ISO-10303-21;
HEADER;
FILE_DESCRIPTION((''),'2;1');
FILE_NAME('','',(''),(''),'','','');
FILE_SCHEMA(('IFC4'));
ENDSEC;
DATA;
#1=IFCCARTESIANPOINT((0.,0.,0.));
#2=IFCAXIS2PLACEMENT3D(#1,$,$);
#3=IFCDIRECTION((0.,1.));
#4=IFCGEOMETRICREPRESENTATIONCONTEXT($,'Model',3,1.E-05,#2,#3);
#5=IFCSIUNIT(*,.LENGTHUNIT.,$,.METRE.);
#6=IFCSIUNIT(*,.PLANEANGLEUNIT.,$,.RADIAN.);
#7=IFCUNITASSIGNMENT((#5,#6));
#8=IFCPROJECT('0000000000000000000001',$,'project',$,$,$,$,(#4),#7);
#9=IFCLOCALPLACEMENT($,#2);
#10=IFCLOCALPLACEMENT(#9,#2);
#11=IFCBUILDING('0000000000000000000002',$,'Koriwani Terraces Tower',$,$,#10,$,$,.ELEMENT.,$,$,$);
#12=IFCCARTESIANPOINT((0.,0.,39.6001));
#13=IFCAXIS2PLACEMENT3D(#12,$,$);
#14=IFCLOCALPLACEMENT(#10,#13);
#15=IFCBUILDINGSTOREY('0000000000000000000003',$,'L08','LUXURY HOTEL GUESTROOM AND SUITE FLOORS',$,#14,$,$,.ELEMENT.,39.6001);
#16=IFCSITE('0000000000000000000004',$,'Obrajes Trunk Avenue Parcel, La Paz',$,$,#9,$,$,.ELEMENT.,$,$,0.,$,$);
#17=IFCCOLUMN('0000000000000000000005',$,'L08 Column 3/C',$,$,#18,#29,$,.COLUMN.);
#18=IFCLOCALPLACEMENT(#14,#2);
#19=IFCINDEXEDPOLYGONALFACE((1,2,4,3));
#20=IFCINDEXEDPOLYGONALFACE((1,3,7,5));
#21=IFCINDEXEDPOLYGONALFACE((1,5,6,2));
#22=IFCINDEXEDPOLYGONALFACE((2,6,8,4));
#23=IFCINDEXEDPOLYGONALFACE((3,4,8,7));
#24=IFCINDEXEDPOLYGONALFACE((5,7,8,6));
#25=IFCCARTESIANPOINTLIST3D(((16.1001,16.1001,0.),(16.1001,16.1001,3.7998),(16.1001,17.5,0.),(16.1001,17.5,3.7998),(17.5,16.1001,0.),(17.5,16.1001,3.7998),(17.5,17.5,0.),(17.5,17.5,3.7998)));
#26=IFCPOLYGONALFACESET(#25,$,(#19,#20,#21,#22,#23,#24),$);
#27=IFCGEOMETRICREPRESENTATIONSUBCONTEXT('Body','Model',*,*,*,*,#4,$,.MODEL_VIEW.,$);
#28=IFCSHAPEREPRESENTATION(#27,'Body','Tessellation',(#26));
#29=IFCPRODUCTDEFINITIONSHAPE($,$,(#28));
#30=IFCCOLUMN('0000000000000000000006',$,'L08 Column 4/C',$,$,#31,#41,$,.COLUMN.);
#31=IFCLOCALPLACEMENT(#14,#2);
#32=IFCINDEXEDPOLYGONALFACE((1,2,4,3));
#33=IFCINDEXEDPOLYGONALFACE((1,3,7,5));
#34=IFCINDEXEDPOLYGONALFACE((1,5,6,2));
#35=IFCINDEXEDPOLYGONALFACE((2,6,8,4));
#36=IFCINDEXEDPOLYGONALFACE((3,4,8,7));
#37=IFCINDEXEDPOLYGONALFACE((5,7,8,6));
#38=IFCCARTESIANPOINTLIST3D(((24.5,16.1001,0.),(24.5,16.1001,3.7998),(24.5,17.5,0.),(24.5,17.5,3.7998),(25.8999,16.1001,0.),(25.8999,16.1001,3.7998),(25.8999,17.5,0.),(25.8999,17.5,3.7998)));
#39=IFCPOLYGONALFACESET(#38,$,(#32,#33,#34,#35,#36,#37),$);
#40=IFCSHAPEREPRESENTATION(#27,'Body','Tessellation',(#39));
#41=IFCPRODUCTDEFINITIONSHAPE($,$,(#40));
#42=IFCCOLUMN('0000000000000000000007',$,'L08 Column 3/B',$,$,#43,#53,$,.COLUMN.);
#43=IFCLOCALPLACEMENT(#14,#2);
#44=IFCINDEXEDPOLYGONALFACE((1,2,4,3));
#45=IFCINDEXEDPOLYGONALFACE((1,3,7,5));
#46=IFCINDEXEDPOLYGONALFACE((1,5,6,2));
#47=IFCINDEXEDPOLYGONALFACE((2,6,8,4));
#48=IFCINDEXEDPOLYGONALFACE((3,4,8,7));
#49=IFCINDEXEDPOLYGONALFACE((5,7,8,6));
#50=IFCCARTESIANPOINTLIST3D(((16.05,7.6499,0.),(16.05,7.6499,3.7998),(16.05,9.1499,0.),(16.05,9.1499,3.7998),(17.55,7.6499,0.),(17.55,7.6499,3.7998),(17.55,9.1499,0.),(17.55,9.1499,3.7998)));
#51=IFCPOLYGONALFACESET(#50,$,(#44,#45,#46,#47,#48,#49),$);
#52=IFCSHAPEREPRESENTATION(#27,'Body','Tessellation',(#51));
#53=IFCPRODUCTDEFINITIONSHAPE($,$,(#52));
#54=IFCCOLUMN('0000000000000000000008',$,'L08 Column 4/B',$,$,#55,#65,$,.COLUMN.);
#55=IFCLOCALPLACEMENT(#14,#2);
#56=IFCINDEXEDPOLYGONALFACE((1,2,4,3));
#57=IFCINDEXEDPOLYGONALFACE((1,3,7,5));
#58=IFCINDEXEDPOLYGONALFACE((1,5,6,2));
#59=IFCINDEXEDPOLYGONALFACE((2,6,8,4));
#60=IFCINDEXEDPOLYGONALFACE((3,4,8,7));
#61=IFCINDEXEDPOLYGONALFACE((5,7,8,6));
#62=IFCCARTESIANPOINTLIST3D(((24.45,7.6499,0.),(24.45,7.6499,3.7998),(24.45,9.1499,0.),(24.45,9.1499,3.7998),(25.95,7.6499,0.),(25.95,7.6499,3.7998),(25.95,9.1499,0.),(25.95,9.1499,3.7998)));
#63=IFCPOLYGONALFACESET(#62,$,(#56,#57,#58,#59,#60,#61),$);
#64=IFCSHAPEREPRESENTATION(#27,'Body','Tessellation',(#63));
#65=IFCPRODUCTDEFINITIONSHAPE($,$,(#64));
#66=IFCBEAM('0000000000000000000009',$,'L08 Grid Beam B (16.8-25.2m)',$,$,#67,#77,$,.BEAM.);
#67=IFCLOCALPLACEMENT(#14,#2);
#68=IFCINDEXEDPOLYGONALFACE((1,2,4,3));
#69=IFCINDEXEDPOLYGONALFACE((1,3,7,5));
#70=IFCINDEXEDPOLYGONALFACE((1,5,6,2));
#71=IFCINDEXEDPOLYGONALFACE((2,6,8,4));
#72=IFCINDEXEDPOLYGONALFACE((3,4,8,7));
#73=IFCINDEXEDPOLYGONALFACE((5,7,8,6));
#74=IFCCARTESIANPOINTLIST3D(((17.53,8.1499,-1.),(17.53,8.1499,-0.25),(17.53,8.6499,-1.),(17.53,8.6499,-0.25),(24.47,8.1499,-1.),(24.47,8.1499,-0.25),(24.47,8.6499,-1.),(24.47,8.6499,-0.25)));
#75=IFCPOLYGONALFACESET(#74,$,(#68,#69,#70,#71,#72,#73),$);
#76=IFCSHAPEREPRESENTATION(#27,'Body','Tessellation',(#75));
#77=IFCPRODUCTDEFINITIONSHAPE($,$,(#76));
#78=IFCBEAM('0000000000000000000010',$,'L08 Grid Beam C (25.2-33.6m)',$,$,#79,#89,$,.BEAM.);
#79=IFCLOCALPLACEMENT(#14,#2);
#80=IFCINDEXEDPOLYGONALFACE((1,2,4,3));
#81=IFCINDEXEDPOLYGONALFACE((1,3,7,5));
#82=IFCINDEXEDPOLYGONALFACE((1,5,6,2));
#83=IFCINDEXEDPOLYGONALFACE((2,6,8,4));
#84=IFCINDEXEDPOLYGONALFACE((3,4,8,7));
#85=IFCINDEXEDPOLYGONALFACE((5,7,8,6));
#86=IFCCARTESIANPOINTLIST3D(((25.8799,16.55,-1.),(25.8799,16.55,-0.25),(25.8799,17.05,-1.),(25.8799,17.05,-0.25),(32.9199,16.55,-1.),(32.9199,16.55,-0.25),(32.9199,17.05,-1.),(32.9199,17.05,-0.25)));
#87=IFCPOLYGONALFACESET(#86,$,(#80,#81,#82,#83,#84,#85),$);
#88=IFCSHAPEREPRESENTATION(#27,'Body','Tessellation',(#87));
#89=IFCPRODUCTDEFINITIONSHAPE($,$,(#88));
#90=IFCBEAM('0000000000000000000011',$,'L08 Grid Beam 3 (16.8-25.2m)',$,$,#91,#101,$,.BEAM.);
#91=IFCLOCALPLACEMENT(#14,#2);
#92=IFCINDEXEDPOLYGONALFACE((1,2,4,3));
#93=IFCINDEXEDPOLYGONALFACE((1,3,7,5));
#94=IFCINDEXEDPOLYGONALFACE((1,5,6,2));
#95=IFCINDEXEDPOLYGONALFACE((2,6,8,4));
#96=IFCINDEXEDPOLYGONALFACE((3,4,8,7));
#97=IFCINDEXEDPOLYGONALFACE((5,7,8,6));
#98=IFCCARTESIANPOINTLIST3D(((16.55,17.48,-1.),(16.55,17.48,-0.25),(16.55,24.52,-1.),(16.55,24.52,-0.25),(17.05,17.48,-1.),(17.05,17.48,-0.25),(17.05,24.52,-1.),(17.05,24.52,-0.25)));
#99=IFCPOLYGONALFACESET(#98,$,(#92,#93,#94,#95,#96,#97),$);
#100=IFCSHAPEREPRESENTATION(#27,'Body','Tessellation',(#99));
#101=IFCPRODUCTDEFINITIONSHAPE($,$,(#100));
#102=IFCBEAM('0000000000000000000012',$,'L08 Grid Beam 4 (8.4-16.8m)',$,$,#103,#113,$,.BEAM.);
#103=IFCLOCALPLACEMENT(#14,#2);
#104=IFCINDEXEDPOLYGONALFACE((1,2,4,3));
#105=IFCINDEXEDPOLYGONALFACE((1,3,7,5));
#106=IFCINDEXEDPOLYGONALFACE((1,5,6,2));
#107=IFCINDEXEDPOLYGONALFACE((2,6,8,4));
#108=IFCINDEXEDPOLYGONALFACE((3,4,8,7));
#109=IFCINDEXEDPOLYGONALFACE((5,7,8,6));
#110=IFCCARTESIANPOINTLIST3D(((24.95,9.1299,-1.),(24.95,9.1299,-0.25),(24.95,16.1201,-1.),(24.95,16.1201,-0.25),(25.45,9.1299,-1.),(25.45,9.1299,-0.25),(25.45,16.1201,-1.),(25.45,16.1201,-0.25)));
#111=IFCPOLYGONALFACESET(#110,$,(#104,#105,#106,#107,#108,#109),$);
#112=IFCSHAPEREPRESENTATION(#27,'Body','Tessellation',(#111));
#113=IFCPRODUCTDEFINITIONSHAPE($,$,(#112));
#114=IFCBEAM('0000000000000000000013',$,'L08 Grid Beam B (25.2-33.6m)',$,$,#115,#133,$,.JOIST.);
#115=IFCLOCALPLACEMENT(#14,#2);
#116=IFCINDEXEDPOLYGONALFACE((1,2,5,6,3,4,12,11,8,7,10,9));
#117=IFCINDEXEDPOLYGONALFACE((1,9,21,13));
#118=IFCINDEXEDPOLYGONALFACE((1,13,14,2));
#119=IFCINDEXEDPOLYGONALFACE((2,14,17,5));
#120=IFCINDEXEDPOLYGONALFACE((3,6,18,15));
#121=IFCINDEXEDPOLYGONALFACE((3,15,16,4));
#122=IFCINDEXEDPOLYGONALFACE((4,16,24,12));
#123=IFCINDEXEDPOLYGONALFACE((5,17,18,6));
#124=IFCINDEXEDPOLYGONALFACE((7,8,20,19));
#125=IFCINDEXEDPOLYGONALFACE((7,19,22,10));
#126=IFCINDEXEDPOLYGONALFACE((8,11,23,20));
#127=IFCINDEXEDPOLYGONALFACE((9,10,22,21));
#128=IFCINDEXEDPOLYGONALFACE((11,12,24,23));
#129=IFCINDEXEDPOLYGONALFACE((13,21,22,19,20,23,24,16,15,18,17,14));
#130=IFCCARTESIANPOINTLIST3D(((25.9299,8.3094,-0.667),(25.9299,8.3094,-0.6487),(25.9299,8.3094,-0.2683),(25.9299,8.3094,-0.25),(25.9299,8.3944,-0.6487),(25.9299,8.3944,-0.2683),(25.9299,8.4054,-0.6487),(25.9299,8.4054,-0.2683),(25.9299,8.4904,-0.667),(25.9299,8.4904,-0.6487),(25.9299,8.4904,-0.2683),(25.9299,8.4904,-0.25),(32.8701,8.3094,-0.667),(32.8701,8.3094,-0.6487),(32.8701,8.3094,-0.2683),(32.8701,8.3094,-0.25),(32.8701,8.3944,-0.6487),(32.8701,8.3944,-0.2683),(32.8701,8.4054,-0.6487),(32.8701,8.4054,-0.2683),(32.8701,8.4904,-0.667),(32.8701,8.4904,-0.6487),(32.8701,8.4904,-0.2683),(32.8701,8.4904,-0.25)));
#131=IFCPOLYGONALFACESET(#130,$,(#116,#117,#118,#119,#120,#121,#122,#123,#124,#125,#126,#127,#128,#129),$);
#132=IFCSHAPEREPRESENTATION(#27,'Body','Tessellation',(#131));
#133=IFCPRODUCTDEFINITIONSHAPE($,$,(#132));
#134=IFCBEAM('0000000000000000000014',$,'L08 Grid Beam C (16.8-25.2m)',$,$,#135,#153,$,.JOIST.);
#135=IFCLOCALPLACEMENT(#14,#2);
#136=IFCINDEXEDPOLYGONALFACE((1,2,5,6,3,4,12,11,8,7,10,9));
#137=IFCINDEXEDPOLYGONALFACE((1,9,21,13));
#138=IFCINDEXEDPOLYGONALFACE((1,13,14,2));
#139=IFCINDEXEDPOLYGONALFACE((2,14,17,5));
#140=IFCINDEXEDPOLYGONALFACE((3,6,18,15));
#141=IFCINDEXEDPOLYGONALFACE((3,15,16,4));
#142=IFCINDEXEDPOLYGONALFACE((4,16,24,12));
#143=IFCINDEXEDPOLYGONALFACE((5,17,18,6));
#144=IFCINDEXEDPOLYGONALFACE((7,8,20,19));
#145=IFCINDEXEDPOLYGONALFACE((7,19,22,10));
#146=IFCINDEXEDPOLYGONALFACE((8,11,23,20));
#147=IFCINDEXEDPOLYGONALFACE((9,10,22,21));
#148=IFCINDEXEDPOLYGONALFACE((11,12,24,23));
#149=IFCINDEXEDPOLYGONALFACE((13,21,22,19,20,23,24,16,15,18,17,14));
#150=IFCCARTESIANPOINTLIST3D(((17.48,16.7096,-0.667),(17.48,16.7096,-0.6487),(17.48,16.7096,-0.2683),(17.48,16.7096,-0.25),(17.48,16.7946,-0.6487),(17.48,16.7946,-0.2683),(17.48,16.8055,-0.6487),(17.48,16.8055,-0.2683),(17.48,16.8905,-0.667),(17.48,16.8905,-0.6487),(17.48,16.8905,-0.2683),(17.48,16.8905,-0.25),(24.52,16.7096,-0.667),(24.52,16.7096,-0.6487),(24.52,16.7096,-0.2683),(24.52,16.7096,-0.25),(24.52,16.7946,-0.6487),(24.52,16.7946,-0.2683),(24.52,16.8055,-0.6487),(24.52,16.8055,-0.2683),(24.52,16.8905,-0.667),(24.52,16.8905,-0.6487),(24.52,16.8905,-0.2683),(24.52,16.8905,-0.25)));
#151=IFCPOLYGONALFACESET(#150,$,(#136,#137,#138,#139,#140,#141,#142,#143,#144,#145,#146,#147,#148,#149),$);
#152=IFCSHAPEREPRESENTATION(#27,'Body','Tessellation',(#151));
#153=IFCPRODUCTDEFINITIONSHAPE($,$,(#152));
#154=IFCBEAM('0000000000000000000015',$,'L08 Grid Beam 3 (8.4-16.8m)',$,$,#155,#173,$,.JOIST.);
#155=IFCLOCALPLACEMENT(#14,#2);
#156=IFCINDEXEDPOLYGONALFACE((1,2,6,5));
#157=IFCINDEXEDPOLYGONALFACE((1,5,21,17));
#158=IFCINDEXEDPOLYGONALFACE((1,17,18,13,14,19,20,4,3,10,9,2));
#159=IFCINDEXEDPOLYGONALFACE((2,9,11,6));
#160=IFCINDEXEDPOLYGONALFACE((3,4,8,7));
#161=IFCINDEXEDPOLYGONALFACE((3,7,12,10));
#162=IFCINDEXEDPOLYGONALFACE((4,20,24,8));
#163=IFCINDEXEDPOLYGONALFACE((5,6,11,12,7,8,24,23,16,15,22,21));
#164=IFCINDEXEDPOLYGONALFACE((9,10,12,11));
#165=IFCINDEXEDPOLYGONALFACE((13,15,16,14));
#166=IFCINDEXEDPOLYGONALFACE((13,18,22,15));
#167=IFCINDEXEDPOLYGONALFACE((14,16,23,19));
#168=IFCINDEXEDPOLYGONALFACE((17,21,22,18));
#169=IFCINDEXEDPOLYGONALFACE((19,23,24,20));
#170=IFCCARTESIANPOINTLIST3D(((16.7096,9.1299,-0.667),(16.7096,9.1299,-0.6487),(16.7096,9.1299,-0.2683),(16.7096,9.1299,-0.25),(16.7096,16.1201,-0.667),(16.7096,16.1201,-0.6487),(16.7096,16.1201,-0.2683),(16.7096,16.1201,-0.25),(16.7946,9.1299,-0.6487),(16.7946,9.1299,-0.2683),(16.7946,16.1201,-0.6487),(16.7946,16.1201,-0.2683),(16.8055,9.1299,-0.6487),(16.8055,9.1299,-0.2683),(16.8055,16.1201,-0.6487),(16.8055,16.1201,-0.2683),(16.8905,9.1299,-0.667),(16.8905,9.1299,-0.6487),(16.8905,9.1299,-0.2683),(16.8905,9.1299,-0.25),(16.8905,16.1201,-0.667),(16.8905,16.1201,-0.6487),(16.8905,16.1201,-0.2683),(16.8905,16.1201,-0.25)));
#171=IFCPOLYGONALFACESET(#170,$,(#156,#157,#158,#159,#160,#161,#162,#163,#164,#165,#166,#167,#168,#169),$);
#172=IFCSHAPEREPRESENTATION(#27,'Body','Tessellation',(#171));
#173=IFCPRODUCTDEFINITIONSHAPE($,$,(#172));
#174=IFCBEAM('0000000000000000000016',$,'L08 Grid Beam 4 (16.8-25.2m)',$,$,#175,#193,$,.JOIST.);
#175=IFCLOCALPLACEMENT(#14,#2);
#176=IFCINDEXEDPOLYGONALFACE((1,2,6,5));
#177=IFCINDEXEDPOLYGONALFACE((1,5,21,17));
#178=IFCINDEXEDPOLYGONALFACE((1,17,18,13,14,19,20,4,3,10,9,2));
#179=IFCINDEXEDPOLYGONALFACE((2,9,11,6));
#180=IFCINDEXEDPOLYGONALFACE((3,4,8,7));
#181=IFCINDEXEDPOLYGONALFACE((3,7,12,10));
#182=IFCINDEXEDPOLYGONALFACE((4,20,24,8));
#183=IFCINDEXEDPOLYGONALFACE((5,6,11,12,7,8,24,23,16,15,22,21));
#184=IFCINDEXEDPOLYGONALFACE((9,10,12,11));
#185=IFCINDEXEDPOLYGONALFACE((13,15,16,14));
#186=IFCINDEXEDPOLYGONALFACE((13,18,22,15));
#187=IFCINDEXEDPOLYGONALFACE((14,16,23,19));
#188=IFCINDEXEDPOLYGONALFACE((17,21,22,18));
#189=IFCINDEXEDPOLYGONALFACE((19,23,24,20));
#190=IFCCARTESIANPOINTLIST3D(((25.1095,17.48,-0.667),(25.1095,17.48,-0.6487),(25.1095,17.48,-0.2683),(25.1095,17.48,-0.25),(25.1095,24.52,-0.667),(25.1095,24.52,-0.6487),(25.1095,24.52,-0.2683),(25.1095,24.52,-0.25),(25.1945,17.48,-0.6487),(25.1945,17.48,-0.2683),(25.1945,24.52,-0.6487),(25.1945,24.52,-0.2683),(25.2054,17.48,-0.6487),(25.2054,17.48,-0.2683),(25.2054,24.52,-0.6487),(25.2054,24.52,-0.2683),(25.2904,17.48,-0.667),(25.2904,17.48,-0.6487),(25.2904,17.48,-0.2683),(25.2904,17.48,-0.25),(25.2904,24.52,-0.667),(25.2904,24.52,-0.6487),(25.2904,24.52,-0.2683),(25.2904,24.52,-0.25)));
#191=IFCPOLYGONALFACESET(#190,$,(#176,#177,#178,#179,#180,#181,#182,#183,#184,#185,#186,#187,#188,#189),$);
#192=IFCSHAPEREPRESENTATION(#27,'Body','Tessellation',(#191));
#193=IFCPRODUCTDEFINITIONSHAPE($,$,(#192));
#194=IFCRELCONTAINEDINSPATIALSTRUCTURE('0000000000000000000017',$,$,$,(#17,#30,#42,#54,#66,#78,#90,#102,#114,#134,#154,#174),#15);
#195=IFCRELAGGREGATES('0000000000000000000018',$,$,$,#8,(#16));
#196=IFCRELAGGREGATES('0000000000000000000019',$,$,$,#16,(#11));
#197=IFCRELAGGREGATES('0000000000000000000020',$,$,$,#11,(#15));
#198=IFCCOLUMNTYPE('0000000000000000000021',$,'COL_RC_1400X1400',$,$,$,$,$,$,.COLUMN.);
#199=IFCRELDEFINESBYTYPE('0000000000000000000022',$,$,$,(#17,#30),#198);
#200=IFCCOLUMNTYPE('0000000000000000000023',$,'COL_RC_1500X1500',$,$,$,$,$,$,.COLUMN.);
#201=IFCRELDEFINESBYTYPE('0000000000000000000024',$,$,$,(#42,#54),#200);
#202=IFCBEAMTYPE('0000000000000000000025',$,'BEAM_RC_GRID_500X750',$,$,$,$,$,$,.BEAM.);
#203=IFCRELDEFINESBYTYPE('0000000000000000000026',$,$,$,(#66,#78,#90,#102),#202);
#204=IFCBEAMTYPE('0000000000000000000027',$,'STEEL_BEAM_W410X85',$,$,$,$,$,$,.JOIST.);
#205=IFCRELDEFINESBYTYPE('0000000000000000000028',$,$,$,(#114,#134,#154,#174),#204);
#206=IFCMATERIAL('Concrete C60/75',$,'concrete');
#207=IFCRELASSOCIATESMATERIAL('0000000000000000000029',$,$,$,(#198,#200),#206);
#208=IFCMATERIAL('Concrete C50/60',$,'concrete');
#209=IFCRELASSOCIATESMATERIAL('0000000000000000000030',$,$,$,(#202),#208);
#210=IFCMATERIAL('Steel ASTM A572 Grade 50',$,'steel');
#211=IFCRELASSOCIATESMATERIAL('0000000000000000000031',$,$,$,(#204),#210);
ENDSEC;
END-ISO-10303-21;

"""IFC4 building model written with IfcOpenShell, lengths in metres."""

from ifc_helpers import new_model, si_unit, direction, frame, origin, origin_2d, place, context, subcontext, project, spatial, rectangle, i_section, extrude, material, material_profile, profile_set, type_object, element, save


model = new_model("IFC4")

# Units and contexts
model_context = context("Model", 3, precision=1e-05, world=origin(), true_north=direction((0.0, 1.0)))
body_context = subcontext(model_context, "Body", "Model", "MODEL_VIEW")
ifc_project = project(units=[si_unit("LENGTHUNIT", "METRE"), si_unit("PLANEANGLEUNIT", "RADIAN")], contexts=[model_context])

# Site, building, storey
site_placement = place(None, origin())
site = spatial("IfcSite", under=ifc_project, at=site_placement, Name="Obrajes Trunk Avenue Parcel, La Paz", CompositionType="ELEMENT", RefElevation=0.0)
building_placement = place(site_placement, origin())
building = spatial("IfcBuilding", under=site, at=building_placement, Name="Koriwani Terraces Tower", CompositionType="ELEMENT")
storey_placement = place(building_placement, frame((0.0, 0.0, 39.6001)))
storey = spatial("IfcBuildingStorey", under=building, at=storey_placement, Name="L08", Description="LUXURY HOTEL GUESTROOM AND SUITE FLOORS", CompositionType="ELEMENT", Elevation=39.6001)

# Columns
ifc_material_1 = material(Name="Concrete C60/75", Category="concrete")
ifc_material_profile_1 = material_profile(ifc_material_1, rectangle(XDim=1.3999, YDim=1.3999, at=origin_2d()), Name="Concrete C60/75", Category="LoadBearing")
ifc_profile_set_1 = profile_set([ifc_material_profile_1], Name="Concrete C60/75")
column_type_1 = type_object("IfcColumnType", Name="COL_RC_1400X1400", PredefinedType="COLUMN", material=ifc_profile_set_1)
for number, where, z_axis, x_axis, name in (
    (1, (16.8, 16.8, 0.0), (0.0, 0.0, 1.0), (1.0, 0.0, 0.0), "L08 Column 3/C"),
    (2, (25.2, 16.8, 0.0), (0.0, 0.0, 1.0), (1.0, 0.0, 0.0), "L08 Column 4/C"),
):
    element("IfcColumn", number, at=place(storey_placement, frame(where, z_axis=z_axis, x_axis=x_axis)), inside=storey, type_object=column_type_1, Name=name, PredefinedType="COLUMN", context=body_context, shape_type="SweptSolid", body=[
        extrude(rectangle(XDim=1.3999, YDim=1.3999, at=origin_2d()), origin(), (0.0, 0.0, 1.0), 3.7998),
    ])
ifc_material_profile_2 = material_profile(ifc_material_1, rectangle(XDim=1.5, YDim=1.5, at=origin_2d()), Name="Concrete C60/75", Category="LoadBearing")
ifc_profile_set_2 = profile_set([ifc_material_profile_2], Name="Concrete C60/75")
column_type_2 = type_object("IfcColumnType", Name="COL_RC_1500X1500", PredefinedType="COLUMN", material=ifc_profile_set_2)
for number, where, z_axis, x_axis, name in (
    (3, (16.8, 8.3999, 0.0), (0.0, 0.0, 1.0), (1.0, 0.0, 0.0), "L08 Column 3/B"),
    (4, (25.2, 8.3999, 0.0), (0.0, 0.0, 1.0), (1.0, 0.0, 0.0), "L08 Column 4/B"),
):
    element("IfcColumn", number, at=place(storey_placement, frame(where, z_axis=z_axis, x_axis=x_axis)), inside=storey, type_object=column_type_2, Name=name, PredefinedType="COLUMN", context=body_context, shape_type="SweptSolid", body=[
        extrude(rectangle(XDim=1.5, YDim=1.5, at=origin_2d()), origin(), (0.0, 0.0, 1.0), 3.7998),
    ])

# Beams
ifc_material_2 = material(Name="Concrete C50/60", Category="concrete")
ifc_material_profile_3 = material_profile(ifc_material_2, rectangle(XDim=0.5, YDim=0.75, at=origin_2d()), Name="Concrete C50/60", Category="LoadBearing")
ifc_profile_set_3 = profile_set([ifc_material_profile_3], Name="Concrete C50/60")
beam_type_1 = type_object("IfcBeamType", Name="BEAM_RC_GRID_500X750", PredefinedType="BEAM", material=ifc_profile_set_3)
beam_1_placement = place(storey_placement, frame((17.53, 8.3999, -0.625), z_axis=(1.0, 0.0, 0.0), x_axis=(0.0, 1.0, 0.0)))
element("IfcBeam", 5, at=beam_1_placement, inside=storey, type_object=beam_type_1, Name="L08 Grid Beam B (16.8-25.2m)", PredefinedType="BEAM", context=body_context, shape_type="SweptSolid", body=[
    extrude(rectangle(XDim=0.5, YDim=0.75, at=origin_2d()), origin(), (0.0, 0.0, 1.0), 6.9399),
])
for number, where, z_axis, x_axis, name in (
    (6, (25.8799, 16.8, -0.625), (1.0, 0.0, 0.0), (0.0, 1.0, 0.0), "L08 Grid Beam C (25.2-33.6m)"),
    (7, (16.8, 17.48, -0.625), (0.0, 1.0, 0.0), (-1.0, 0.0, 0.0), "L08 Grid Beam 3 (16.8-25.2m)"),
):
    element("IfcBeam", number, at=place(storey_placement, frame(where, z_axis=z_axis, x_axis=x_axis)), inside=storey, type_object=beam_type_1, Name=name, PredefinedType="BEAM", context=body_context, shape_type="SweptSolid", body=[
        extrude(rectangle(XDim=0.5, YDim=0.75, at=origin_2d()), origin(), (0.0, 0.0, 1.0), 7.04),
    ])
beam_2_placement = place(storey_placement, frame((25.2, 9.1299, -0.625), z_axis=(0.0, 1.0, 0.0), x_axis=(-1.0, 0.0, 0.0)))
element("IfcBeam", 8, at=beam_2_placement, inside=storey, type_object=beam_type_1, Name="L08 Grid Beam 4 (8.4-16.8m)", PredefinedType="BEAM", context=body_context, shape_type="SweptSolid", body=[
    extrude(rectangle(XDim=0.5, YDim=0.75, at=origin_2d()), origin(), (0.0, 0.0, 1.0), 6.9902),
])
ifc_material_3 = material(Name="Steel ASTM A572 Grade 50", Category="steel")
ifc_material_profile_4 = material_profile(ifc_material_3, i_section(OverallWidth=0.1809, OverallDepth=0.417, WebThickness=0.011, FlangeThickness=0.0183, at=origin_2d()), Name="Steel ASTM A572 Grade 50", Category="LoadBearing")
ifc_profile_set_4 = profile_set([ifc_material_profile_4], Name="Steel ASTM A572 Grade 50")
beam_type_2 = type_object("IfcBeamType", Name="STEEL_BEAM_W410X85", PredefinedType="JOIST", material=ifc_profile_set_4)
beam_3_placement = place(storey_placement, frame((25.9299, 8.3999, -0.4585), z_axis=(1.0, 0.0, 0.0), x_axis=(0.0, 1.0, 0.0)))
element("IfcBeam", 9, at=beam_3_placement, inside=storey, type_object=beam_type_2, Name="L08 Grid Beam B (25.2-33.6m)", PredefinedType="JOIST", context=body_context, shape_type="SweptSolid", body=[
    extrude(i_section(OverallWidth=0.1809, OverallDepth=0.417, WebThickness=0.011, FlangeThickness=0.0183, at=origin_2d()), origin(), (0.0, 0.0, 1.0), 6.9402),
])
beam_4_placement = place(storey_placement, frame((17.48, 16.8, -0.4585), z_axis=(1.0, 0.0, 0.0), x_axis=(0.0, 1.0, 0.0)))
element("IfcBeam", 10, at=beam_4_placement, inside=storey, type_object=beam_type_2, Name="L08 Grid Beam C (16.8-25.2m)", PredefinedType="JOIST", context=body_context, shape_type="SweptSolid", body=[
    extrude(i_section(OverallWidth=0.1809, OverallDepth=0.417, WebThickness=0.011, FlangeThickness=0.0183, at=origin_2d()), origin(), (0.0, 0.0, 1.0), 7.04),
])
beam_5_placement = place(storey_placement, frame((16.8, 9.1299, -0.4585), z_axis=(0.0, 1.0, 0.0), x_axis=(-1.0, 0.0, 0.0)))
element("IfcBeam", 11, at=beam_5_placement, inside=storey, type_object=beam_type_2, Name="L08 Grid Beam 3 (8.4-16.8m)", PredefinedType="JOIST", context=body_context, shape_type="SweptSolid", body=[
    extrude(i_section(OverallWidth=0.1809, OverallDepth=0.417, WebThickness=0.011, FlangeThickness=0.0183, at=origin_2d()), origin(), (0.0, 0.0, 1.0), 6.9902),
])
beam_6_placement = place(storey_placement, frame((25.2, 17.48, -0.4585), z_axis=(0.0, 1.0, 0.0), x_axis=(-1.0, 0.0, 0.0)))
element("IfcBeam", 12, at=beam_6_placement, inside=storey, type_object=beam_type_2, Name="L08 Grid Beam 4 (16.8-25.2m)", PredefinedType="JOIST", context=body_context, shape_type="SweptSolid", body=[
    extrude(i_section(OverallWidth=0.1809, OverallDepth=0.417, WebThickness=0.011, FlangeThickness=0.0183, at=origin_2d()), origin(), (0.0, 0.0, 1.0), 7.04),
])

save(model, "model.ifc")
